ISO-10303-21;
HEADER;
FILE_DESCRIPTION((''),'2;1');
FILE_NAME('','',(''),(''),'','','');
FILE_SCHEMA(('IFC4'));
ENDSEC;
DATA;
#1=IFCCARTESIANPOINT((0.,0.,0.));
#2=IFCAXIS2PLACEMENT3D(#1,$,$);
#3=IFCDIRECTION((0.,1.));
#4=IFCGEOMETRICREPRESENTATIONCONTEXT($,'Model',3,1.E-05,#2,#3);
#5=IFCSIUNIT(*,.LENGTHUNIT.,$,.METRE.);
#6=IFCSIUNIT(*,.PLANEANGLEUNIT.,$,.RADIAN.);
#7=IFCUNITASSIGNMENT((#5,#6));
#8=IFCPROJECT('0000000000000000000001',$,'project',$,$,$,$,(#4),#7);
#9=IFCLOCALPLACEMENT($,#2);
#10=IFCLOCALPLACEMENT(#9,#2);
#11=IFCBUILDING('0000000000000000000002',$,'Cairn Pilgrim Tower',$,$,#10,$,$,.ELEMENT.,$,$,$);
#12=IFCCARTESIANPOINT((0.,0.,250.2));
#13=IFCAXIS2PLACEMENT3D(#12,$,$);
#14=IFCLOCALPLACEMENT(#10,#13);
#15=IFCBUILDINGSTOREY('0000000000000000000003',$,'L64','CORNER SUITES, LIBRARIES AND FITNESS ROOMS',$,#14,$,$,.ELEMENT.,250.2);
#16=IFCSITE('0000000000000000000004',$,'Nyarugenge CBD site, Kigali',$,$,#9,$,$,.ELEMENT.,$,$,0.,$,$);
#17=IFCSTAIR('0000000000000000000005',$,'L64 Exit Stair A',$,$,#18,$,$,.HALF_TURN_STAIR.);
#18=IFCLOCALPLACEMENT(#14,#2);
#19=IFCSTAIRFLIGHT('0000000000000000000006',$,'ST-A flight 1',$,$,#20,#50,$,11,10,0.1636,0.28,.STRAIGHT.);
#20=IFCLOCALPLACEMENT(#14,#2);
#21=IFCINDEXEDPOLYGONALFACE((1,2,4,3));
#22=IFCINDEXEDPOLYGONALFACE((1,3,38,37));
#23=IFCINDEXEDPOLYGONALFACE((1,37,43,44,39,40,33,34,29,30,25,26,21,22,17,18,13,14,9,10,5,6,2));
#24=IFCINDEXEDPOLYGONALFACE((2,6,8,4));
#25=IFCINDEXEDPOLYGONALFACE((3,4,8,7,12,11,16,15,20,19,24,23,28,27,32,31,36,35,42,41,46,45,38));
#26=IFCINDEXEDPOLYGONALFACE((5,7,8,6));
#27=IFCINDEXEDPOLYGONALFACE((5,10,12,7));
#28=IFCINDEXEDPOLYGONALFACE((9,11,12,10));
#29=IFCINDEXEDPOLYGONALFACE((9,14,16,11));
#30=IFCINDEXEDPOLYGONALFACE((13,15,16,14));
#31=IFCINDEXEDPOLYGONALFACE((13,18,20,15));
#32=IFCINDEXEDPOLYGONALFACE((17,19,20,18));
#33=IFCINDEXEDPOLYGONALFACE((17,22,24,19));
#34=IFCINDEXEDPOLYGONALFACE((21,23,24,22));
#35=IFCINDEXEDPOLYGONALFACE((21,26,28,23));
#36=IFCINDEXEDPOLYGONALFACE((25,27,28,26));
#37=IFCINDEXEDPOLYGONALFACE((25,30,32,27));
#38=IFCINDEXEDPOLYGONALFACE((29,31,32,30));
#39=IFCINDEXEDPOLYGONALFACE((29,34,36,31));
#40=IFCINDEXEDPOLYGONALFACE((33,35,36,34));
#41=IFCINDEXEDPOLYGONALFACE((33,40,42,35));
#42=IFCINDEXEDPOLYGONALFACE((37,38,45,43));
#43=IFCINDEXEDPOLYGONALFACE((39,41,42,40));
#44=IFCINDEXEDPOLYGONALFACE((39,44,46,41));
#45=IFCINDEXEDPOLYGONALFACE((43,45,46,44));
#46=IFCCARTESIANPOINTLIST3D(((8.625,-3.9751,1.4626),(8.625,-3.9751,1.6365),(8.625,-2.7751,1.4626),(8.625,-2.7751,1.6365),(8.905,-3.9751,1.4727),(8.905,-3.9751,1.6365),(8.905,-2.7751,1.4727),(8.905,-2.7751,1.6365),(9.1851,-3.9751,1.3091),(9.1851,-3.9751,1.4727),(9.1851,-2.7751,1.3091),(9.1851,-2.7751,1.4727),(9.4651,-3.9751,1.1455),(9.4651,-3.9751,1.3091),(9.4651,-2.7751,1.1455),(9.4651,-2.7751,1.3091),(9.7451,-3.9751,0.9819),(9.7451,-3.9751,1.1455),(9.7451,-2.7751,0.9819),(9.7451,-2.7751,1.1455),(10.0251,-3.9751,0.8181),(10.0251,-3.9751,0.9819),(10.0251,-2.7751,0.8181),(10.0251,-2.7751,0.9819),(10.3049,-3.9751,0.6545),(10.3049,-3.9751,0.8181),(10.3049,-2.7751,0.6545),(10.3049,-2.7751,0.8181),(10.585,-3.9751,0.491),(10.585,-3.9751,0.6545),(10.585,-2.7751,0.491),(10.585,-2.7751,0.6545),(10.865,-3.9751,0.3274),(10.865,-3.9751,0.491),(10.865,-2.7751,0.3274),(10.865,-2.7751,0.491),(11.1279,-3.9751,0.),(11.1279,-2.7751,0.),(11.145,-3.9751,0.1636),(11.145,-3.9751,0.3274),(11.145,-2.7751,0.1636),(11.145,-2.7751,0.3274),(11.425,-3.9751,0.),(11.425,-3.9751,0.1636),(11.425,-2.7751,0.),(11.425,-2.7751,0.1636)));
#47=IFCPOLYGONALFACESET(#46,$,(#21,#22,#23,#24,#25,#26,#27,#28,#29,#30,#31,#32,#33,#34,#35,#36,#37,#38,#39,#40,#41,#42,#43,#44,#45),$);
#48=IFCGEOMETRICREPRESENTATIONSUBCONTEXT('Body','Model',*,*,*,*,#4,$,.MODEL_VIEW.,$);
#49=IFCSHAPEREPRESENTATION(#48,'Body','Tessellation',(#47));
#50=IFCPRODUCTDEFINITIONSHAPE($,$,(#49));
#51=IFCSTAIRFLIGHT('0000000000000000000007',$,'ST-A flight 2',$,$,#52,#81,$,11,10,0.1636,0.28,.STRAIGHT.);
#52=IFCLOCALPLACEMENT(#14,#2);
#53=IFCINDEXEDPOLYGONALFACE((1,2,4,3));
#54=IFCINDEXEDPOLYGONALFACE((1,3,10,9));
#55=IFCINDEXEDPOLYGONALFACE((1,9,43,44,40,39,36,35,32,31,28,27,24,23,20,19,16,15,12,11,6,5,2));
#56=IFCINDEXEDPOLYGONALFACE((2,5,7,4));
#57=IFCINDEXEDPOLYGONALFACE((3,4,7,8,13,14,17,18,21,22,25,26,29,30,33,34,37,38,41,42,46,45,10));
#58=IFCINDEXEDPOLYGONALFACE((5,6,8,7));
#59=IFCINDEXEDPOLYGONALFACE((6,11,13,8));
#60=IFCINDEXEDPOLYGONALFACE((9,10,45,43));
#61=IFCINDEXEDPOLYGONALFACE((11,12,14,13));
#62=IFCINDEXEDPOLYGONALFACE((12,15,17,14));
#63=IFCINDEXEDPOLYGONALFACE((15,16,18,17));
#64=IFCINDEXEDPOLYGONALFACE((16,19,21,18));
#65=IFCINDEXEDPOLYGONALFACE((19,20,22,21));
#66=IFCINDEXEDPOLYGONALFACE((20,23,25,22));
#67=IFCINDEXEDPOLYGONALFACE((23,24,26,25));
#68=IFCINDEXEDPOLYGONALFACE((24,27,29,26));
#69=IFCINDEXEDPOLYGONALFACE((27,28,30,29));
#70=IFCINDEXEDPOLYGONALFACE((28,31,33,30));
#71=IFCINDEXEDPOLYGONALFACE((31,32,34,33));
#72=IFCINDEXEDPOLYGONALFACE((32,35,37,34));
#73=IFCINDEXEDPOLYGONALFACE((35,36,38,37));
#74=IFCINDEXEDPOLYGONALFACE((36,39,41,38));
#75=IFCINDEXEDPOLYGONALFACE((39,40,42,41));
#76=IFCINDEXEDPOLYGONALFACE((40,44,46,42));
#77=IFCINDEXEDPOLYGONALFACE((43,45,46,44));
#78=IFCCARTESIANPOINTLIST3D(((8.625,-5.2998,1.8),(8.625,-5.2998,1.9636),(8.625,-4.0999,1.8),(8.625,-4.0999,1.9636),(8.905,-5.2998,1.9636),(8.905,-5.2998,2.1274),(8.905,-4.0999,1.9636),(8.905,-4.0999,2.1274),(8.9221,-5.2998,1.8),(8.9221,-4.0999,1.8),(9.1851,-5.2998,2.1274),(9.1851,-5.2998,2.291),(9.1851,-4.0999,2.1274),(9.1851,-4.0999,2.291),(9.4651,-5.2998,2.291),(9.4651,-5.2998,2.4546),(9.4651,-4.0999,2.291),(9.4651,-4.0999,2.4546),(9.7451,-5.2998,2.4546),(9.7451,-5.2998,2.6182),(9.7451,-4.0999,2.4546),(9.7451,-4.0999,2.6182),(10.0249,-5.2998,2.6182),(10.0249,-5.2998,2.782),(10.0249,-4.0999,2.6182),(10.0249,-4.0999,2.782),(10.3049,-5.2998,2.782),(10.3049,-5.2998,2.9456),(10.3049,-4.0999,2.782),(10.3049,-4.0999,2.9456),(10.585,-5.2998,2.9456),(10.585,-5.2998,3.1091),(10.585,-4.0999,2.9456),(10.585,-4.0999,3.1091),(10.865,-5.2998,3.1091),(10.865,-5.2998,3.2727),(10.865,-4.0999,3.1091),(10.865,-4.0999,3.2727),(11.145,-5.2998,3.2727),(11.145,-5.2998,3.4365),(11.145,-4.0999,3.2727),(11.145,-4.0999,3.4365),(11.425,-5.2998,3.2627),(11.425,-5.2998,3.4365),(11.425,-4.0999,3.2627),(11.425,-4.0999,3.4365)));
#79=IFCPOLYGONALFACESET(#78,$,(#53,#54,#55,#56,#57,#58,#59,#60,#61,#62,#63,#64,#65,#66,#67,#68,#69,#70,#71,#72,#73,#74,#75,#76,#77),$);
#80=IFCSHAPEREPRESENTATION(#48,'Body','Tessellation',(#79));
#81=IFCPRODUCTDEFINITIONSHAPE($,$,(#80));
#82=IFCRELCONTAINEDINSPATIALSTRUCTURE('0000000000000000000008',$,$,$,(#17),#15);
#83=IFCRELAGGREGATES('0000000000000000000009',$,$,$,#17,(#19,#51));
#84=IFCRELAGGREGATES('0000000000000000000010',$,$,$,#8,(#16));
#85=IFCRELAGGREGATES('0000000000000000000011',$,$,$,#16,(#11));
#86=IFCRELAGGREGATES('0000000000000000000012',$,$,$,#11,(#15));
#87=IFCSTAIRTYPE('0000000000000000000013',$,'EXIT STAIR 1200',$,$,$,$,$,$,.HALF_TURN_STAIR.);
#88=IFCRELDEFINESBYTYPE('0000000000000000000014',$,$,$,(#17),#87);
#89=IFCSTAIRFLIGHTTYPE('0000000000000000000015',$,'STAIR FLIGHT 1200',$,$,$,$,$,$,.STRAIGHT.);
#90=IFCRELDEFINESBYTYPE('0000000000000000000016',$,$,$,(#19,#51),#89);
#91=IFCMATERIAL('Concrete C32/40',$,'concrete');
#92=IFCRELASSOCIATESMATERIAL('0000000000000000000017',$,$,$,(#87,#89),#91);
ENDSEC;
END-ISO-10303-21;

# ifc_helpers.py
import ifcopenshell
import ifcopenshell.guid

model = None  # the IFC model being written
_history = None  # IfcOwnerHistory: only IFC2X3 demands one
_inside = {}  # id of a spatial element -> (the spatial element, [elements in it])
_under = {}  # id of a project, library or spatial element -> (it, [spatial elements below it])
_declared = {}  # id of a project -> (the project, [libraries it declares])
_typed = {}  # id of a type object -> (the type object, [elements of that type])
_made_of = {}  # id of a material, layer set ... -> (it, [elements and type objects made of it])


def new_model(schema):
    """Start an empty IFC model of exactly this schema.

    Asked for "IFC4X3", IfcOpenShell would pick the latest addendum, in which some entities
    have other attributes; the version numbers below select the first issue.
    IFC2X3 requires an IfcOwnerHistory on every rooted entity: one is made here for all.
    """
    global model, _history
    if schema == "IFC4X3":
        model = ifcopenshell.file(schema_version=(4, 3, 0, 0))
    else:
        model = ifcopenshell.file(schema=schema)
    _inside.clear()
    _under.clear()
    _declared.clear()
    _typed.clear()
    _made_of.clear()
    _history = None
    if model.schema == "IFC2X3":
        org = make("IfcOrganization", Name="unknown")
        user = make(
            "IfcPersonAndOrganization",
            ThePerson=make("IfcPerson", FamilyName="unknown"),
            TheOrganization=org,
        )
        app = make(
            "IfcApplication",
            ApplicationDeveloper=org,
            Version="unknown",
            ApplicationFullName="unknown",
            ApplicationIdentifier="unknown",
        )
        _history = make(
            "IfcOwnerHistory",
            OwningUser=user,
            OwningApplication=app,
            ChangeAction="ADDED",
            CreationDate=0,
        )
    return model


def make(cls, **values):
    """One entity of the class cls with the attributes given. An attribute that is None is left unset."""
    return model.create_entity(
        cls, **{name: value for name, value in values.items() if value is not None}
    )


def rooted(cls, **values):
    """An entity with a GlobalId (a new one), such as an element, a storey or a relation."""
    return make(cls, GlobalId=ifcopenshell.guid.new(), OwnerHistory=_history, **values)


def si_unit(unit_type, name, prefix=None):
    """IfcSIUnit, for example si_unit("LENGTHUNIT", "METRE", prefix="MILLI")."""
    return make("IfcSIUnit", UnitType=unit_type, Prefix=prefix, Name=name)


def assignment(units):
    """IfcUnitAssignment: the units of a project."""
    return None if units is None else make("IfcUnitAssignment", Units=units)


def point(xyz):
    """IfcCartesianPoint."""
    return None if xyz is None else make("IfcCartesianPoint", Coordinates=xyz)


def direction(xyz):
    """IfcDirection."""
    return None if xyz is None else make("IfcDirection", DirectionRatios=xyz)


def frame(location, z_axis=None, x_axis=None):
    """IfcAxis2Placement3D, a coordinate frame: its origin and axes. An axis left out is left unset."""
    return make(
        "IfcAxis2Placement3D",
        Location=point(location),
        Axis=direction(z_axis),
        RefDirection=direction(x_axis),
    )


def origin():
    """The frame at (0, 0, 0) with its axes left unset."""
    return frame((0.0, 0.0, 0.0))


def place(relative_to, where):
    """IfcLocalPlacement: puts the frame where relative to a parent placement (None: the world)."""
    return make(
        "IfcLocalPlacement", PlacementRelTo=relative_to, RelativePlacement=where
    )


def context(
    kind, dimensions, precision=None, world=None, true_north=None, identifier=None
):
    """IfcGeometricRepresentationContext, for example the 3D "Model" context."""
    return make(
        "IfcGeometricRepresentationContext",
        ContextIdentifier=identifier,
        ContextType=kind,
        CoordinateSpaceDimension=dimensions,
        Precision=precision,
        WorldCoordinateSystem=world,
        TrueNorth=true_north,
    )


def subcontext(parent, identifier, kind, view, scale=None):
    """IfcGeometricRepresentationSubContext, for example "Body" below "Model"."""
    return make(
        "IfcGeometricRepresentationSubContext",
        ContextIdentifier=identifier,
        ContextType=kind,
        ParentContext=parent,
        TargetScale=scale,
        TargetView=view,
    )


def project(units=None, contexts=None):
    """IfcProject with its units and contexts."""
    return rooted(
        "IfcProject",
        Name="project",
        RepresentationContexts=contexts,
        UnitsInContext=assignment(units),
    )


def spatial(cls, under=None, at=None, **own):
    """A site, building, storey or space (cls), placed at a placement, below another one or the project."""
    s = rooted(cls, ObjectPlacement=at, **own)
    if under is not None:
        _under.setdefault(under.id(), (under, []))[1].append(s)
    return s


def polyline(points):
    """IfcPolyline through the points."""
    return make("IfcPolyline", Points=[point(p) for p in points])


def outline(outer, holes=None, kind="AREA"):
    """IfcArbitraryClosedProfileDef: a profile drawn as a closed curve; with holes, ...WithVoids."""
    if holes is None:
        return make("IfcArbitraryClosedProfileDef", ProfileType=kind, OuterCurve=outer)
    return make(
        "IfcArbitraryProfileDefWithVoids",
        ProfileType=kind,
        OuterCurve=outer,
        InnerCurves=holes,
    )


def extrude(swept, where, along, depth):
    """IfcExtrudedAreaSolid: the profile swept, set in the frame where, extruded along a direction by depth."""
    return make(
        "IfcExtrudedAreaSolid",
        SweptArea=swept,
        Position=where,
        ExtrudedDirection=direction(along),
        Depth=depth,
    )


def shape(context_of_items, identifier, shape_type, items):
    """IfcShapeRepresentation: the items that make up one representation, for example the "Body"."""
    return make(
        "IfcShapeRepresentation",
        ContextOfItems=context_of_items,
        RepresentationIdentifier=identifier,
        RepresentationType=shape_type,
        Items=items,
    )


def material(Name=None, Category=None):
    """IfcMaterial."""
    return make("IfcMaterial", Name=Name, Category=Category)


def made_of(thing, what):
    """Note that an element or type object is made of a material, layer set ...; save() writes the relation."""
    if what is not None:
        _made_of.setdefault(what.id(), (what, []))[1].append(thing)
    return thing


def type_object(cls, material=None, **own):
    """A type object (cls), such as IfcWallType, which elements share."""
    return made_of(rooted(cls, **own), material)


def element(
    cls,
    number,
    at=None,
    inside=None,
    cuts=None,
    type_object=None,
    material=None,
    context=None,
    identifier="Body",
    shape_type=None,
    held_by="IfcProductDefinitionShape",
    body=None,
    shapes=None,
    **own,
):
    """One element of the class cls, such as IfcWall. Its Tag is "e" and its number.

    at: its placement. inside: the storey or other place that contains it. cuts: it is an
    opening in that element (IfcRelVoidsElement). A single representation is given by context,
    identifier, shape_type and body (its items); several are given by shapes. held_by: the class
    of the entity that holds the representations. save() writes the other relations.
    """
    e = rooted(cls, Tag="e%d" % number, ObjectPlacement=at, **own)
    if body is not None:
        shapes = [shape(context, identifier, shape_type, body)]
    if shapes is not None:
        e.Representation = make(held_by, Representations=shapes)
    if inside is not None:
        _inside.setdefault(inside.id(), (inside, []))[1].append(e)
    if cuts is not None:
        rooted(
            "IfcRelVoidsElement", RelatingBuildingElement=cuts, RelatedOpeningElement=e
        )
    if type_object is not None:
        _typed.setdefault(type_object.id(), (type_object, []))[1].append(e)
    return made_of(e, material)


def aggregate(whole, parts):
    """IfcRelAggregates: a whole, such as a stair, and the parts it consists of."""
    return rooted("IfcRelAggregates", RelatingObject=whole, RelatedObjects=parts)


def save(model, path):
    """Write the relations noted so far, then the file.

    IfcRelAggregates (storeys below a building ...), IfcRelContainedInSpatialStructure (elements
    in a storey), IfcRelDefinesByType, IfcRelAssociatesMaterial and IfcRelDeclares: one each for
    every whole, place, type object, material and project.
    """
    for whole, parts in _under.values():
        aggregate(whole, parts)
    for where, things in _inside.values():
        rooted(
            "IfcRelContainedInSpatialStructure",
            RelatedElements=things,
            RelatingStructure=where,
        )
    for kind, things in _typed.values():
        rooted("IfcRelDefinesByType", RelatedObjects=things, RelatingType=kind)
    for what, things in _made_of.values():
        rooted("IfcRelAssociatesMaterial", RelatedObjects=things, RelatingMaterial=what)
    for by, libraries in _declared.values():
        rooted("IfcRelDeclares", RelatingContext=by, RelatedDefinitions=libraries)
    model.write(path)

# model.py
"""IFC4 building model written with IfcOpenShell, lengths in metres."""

from ifc_helpers import new_model, si_unit, direction, frame, origin, place, context, subcontext, project, spatial, polyline, outline, extrude, material, type_object, element, aggregate, save


model = new_model("IFC4")

# Units and contexts
model_context = context("Model", 3, precision=1e-05, world=origin(), true_north=direction((0.0, 1.0)))
body_context = subcontext(model_context, "Body", "Model", "MODEL_VIEW")
ifc_project = project(units=[si_unit("LENGTHUNIT", "METRE"), si_unit("PLANEANGLEUNIT", "RADIAN")], contexts=[model_context])

# Site, building, storey
site_placement = place(None, origin())
site = spatial("IfcSite", under=ifc_project, at=site_placement, Name="Nyarugenge CBD site, Kigali", CompositionType="ELEMENT", RefElevation=0.0)
building_placement = place(site_placement, origin())
building = spatial("IfcBuilding", under=site, at=building_placement, Name="Cairn Pilgrim Tower", CompositionType="ELEMENT")
storey_placement = place(building_placement, frame((0.0, 0.0, 250.2)))
storey = spatial("IfcBuildingStorey", under=building, at=storey_placement, Name="L64", Description="CORNER SUITES, LIBRARIES AND FITNESS ROOMS", CompositionType="ELEMENT", Elevation=250.2)

# Stair
ifc_material_1 = material(Name="Concrete C32/40", Category="concrete")
stair_type = type_object("IfcStairType", Name="EXIT STAIR 1200", PredefinedType="HALF_TURN_STAIR", material=ifc_material_1)
stair_1_placement = place(storey_placement, origin())
stair_1 = element("IfcStair", 1, at=stair_1_placement, inside=storey, type_object=stair_type, Name="L64 Exit Stair A", PredefinedType="HALF_TURN_STAIR")

# Stair flights
stair_flight_type = type_object("IfcStairFlightType", Name="STAIR FLIGHT 1200", PredefinedType="STRAIGHT", material=ifc_material_1)
stair_flight_1_placement = place(storey_placement, frame((11.425, -3.375, 0.0), z_axis=(0.0, 0.0, 1.0), x_axis=(-1.0, 0.0, 0.0)))
stair_flight_1 = element("IfcStairFlight", 2, at=stair_flight_1_placement, type_object=stair_flight_type, Name="ST-A flight 1", NumberOfRisers=11, NumberOfTreads=10, PredefinedType="STRAIGHT", RiserHeight=0.1636, TreadLength=0.28, context=body_context, shape_type="SweptSolid", body=[
    extrude(outline(polyline([(0.0, 0.0), (0.0, 0.1636), (0.28, 0.1636), (0.28, 0.3274), (0.5601, 0.3274), (0.5601, 0.491), (0.8401, 0.491), (0.8401, 0.6545), (1.1201, 0.6545), (1.1201, 0.8181), (1.3999, 0.8181), (1.3999, 0.9819), (1.6799, 0.9819), (1.6799, 1.1455), (1.96, 1.1455), (1.96, 1.3091), (2.24, 1.3091), (2.24, 1.4727), (2.52, 1.4727), (2.52, 1.6365), (2.8, 1.6365), (2.8, 1.8), (2.8, 1.4626), (0.2971, 0.0), (0.0, 0.0)])), frame((0.0, 0.6001, 0.0), z_axis=(0.0, -1.0, 0.0), x_axis=(1.0, 0.0, 0.0)), (0.0, 0.0, 1.0), 1.2),
])
stair_flight_2_placement = place(storey_placement, frame((8.625, -4.7, 1.8), z_axis=(0.0, 0.0, 1.0), x_axis=(1.0, 0.0, 0.0)))
stair_flight_2 = element("IfcStairFlight", 3, at=stair_flight_2_placement, type_object=stair_flight_type, Name="ST-A flight 2", NumberOfRisers=11, NumberOfTreads=10, PredefinedType="STRAIGHT", RiserHeight=0.1636, TreadLength=0.28, context=body_context, shape_type="SweptSolid", body=[
    extrude(outline(polyline([(0.0, 0.0), (0.0, 0.1636), (0.28, 0.1636), (0.28, 0.3274), (0.5601, 0.3274), (0.5601, 0.491), (0.8401, 0.491), (0.8401, 0.6545), (1.1201, 0.6545), (1.1201, 0.8181), (1.3999, 0.8181), (1.3999, 0.9819), (1.6799, 0.9819), (1.6799, 1.1455), (1.96, 1.1455), (1.96, 1.3091), (2.24, 1.3091), (2.24, 1.4727), (2.52, 1.4727), (2.52, 1.6365), (2.8, 1.6365), (2.8, 1.8), (2.8, 1.4626), (0.2971, 0.0), (0.0, 0.0)])), frame((0.0, 0.6001, 0.0), z_axis=(0.0, -1.0, 0.0), x_axis=(1.0, 0.0, 0.0)), (0.0, 0.0, 1.0), 1.2),
])
aggregate(stair_1, [stair_flight_1, stair_flight_2])

save(model, "model.ifc")
